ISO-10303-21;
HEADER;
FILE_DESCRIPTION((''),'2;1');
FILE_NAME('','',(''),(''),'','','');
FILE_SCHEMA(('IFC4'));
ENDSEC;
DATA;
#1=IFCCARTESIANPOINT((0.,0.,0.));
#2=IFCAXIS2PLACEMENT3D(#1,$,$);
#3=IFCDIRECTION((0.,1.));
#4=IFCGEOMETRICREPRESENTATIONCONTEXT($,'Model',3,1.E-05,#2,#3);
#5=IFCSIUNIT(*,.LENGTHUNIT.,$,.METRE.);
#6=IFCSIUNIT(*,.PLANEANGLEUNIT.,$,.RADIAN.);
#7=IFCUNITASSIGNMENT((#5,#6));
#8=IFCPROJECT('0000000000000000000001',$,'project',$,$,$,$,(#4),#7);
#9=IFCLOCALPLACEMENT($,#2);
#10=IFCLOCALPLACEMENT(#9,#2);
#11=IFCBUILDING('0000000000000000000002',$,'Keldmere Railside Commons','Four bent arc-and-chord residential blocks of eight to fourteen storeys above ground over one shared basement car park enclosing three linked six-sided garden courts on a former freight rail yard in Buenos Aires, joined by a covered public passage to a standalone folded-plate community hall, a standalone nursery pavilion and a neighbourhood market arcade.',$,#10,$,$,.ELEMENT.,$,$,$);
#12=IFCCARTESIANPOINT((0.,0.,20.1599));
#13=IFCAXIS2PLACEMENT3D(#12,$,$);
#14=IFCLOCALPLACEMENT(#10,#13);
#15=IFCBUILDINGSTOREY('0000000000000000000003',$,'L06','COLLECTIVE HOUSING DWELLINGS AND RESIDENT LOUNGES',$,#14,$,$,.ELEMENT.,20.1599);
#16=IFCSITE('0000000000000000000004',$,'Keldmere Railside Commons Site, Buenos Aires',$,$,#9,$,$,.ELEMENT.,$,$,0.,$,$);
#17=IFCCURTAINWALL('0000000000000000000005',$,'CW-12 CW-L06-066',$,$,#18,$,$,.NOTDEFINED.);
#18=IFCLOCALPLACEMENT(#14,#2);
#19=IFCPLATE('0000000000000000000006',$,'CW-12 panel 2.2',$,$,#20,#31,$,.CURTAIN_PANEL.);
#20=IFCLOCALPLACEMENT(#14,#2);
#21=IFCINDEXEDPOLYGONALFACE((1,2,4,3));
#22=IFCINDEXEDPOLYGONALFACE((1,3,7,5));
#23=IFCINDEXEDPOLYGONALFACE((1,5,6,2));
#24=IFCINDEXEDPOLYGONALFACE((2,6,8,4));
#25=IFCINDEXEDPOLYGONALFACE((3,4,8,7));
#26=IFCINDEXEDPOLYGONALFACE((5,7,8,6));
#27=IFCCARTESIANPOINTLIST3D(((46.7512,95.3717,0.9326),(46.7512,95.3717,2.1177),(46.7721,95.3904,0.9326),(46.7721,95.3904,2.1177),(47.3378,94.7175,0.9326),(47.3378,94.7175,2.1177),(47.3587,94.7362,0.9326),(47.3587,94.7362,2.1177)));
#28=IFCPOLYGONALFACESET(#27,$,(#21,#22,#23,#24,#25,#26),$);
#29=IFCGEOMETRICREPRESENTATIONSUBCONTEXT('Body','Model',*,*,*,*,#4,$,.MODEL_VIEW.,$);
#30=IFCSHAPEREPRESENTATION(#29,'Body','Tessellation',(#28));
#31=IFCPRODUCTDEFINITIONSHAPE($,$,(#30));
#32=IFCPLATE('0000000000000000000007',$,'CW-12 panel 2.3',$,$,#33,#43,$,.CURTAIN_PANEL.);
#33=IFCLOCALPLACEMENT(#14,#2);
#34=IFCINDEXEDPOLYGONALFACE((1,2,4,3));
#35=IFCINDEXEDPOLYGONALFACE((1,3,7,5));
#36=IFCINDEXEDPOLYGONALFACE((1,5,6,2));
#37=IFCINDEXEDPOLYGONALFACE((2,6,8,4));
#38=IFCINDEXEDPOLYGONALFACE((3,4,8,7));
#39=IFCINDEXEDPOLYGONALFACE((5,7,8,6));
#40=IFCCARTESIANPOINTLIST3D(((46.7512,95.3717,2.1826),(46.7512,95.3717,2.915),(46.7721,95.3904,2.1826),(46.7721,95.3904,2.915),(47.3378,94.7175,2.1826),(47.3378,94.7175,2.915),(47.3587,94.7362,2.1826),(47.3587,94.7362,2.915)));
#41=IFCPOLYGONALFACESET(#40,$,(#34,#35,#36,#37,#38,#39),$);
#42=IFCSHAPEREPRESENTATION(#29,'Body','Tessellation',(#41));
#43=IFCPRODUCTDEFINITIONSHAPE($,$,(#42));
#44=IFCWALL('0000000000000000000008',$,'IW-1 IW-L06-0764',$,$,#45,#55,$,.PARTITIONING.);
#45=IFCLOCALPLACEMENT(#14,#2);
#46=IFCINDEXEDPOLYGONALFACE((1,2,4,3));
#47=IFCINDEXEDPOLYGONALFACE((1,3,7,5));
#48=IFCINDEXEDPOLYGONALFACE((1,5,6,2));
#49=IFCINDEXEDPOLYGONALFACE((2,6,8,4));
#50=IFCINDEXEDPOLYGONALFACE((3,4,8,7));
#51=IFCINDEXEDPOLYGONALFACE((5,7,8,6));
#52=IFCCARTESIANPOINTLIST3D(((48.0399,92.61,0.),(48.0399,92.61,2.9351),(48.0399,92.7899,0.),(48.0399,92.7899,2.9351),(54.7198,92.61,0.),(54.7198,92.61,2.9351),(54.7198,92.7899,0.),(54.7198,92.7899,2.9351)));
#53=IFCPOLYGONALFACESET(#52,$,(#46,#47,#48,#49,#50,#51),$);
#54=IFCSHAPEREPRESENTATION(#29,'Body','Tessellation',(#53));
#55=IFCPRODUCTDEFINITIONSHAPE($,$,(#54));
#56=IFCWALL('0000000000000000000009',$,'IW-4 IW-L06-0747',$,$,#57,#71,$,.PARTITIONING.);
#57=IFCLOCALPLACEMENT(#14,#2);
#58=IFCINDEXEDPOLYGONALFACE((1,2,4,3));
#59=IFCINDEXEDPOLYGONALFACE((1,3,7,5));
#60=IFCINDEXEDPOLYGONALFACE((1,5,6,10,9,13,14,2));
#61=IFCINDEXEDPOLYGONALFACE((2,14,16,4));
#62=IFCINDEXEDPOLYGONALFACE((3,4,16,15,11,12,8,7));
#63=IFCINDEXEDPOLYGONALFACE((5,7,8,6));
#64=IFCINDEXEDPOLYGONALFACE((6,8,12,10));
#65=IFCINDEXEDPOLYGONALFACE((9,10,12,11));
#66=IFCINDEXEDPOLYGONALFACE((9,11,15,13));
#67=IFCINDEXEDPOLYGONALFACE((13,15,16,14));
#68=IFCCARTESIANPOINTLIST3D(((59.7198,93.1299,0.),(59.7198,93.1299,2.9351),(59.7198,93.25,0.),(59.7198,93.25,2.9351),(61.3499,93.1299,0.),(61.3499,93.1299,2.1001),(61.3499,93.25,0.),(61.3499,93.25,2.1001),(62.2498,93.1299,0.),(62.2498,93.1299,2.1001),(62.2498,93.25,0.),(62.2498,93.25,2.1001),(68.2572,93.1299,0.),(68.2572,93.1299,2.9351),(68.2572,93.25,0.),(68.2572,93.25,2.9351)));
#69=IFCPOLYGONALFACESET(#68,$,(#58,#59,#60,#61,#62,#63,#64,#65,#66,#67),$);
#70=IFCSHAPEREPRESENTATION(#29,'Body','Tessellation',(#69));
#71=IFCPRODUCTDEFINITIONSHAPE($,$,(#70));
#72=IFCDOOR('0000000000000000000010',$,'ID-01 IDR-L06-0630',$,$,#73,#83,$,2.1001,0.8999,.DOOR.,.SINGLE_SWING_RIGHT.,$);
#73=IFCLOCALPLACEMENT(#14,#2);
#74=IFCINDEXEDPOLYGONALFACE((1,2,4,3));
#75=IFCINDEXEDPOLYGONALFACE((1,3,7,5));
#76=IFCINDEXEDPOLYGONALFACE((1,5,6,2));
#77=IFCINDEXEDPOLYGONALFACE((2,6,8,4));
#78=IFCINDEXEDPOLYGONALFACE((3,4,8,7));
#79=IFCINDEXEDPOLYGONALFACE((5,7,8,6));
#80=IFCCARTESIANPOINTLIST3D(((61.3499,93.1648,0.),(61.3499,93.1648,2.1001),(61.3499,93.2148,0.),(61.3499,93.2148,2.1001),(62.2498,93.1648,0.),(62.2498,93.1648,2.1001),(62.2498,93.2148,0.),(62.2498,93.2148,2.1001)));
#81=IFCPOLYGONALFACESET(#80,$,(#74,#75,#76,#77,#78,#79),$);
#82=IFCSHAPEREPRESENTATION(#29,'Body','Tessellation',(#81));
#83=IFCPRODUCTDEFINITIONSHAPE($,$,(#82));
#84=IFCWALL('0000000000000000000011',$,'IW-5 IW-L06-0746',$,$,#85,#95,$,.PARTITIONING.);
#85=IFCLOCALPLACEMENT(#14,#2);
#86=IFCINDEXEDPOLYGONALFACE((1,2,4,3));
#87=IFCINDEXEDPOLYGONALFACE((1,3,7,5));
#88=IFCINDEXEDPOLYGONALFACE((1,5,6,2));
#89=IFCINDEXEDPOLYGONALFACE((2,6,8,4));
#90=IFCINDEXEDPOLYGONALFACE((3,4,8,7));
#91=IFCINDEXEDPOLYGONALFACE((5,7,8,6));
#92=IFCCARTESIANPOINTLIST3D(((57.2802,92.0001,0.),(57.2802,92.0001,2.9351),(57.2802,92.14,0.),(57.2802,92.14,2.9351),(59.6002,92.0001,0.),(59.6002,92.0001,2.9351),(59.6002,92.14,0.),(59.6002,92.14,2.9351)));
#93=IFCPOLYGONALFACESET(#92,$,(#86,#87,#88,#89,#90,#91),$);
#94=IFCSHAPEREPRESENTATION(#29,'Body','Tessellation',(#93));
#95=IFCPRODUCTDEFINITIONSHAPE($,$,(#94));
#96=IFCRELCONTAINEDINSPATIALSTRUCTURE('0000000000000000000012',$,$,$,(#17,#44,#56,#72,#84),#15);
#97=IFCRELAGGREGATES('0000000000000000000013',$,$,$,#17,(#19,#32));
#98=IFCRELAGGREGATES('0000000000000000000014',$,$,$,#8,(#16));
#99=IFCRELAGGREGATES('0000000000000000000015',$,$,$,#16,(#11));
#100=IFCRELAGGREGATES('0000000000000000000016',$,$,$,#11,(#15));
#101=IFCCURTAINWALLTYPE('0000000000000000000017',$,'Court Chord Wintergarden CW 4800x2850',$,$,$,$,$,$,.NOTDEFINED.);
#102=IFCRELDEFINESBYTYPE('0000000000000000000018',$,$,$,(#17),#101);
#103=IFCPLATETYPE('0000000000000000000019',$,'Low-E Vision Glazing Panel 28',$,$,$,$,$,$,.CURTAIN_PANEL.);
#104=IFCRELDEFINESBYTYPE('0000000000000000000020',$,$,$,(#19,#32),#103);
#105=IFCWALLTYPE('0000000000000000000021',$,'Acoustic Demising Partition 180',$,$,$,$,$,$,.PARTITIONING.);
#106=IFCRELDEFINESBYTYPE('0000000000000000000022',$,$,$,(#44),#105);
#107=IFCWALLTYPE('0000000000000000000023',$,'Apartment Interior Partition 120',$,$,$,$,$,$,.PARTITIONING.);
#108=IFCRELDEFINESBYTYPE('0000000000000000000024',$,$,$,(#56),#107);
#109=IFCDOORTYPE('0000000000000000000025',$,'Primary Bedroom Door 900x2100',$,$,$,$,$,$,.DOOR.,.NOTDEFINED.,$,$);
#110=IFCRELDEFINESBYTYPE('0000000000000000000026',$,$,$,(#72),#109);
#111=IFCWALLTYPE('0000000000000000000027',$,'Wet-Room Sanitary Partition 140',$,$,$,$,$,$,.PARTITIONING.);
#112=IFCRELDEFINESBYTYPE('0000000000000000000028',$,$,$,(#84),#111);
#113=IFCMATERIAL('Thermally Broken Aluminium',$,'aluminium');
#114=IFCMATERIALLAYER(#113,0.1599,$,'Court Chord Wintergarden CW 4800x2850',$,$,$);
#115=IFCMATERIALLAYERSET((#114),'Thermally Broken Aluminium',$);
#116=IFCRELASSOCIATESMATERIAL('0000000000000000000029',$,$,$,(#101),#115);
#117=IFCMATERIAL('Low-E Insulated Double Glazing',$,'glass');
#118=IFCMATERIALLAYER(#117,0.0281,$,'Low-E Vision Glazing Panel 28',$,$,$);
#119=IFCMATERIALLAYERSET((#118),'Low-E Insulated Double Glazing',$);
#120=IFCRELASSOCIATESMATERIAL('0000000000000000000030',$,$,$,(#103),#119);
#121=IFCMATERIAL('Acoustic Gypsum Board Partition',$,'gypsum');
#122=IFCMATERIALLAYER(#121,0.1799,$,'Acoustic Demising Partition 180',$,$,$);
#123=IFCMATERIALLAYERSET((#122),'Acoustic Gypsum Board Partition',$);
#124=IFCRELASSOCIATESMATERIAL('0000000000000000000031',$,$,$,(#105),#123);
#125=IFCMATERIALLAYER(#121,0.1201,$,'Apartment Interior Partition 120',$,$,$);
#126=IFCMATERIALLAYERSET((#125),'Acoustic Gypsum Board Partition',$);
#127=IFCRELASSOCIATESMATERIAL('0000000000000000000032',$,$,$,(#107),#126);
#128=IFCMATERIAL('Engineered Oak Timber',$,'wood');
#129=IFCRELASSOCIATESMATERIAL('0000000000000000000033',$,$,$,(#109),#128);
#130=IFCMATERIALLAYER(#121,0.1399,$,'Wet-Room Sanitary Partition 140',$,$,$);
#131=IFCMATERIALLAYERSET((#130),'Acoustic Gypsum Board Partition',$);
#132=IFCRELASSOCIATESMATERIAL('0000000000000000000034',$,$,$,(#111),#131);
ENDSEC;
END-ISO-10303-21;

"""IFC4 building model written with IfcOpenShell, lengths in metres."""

from ifc_helpers import new_model, si_unit, direction, frame, frame_2d, origin, origin_2d, place, context, subcontext, project, spatial, rectangle, extrude, material, layer, layer_set, type_object, element, fill, aggregate, save


model = new_model("IFC4")

# Units and contexts
model_context = context("Model", 3, precision=1e-05, world=origin(), true_north=direction((0.0, 1.0)))
body_context = subcontext(model_context, "Body", "Model", "MODEL_VIEW")
ifc_project = project(units=[si_unit("LENGTHUNIT", "METRE"), si_unit("PLANEANGLEUNIT", "RADIAN")], contexts=[model_context])

# Site, building, storey
site_placement = place(None, origin())
site = spatial("IfcSite", under=ifc_project, at=site_placement, Name="Keldmere Railside Commons Site, Buenos Aires", CompositionType="ELEMENT", RefElevation=0.0)
building_placement = place(site_placement, origin())
building = spatial("IfcBuilding", under=site, at=building_placement, Name="Keldmere Railside Commons", Description="Four bent arc-and-chord residential blocks of eight to fourteen storeys above ground over one shared basement car park enclosing three linked six-sided garden courts on a former freight rail yard in Buenos Aires, joined by a covered public passage to a standalone folded-plate community hall, a standalone nursery pavilion and a neighbourhood market arcade.", CompositionType="ELEMENT")
storey_placement = place(building_placement, frame((0.0, 0.0, 20.1599)))
storey = spatial("IfcBuildingStorey", under=building, at=storey_placement, Name="L06", Description="COLLECTIVE HOUSING DWELLINGS AND RESIDENT LOUNGES", CompositionType="ELEMENT", Elevation=20.1599)

# Curtain wall, plates
ifc_material_1 = material(Name="Thermally Broken Aluminium", Category="aluminium")
ifc_layer_1 = layer(ifc_material_1, 0.1599, Name="Court Chord Wintergarden CW 4800x2850")
ifc_layer_set_1 = layer_set([ifc_layer_1], Name="Thermally Broken Aluminium")
curtain_wall_type = type_object("IfcCurtainWallType", Name="Court Chord Wintergarden CW 4800x2850", PredefinedType="NOTDEFINED", material=ifc_layer_set_1)
curtain_wall_placement = place(storey_placement, origin())
curtain_wall = element("IfcCurtainWall", 1, at=curtain_wall_placement, inside=storey, type_object=curtain_wall_type, Name="CW-12 CW-L06-066", PredefinedType="NOTDEFINED")
ifc_material_2 = material(Name="Low-E Insulated Double Glazing", Category="glass")
ifc_layer_2 = layer(ifc_material_2, 0.0281, Name="Low-E Vision Glazing Panel 28")
ifc_layer_set_2 = layer_set([ifc_layer_2], Name="Low-E Insulated Double Glazing")
plate_type = type_object("IfcPlateType", Name="Low-E Vision Glazing Panel 28", PredefinedType="CURTAIN_PANEL", material=ifc_layer_set_2)
plate_1_placement = place(storey_placement, frame((47.0549, 95.054, 0.9326), z_axis=(0.0, 0.0, 1.0), x_axis=(-0.667559, 0.744557, 0.0)))
plate_1 = element("IfcPlate", 2, at=plate_1_placement, type_object=plate_type, Name="CW-12 panel 2.2", PredefinedType="CURTAIN_PANEL", context=body_context, shape_type="SweptSolid", body=[
    extrude(rectangle(XDim=0.8787, YDim=0.0281, at=origin_2d()), origin(), (0.0, 0.0, 1.0), 1.1851),
])
plate_2_placement = place(storey_placement, frame((47.0549, 95.054, 2.1826), z_axis=(0.0, 0.0, 1.0), x_axis=(-0.667559, 0.744557, 0.0)))
plate_2 = element("IfcPlate", 3, at=plate_2_placement, type_object=plate_type, Name="CW-12 panel 2.3", PredefinedType="CURTAIN_PANEL", context=body_context, shape_type="SweptSolid", body=[
    extrude(rectangle(XDim=0.8787, YDim=0.0281, at=origin_2d()), origin(), (0.0, 0.0, 1.0), 0.7324),
])
aggregate(curtain_wall, [plate_1, plate_2])

# Wall
ifc_material_3 = material(Name="Acoustic Gypsum Board Partition", Category="gypsum")
ifc_layer_3 = layer(ifc_material_3, 0.1799, Name="Acoustic Demising Partition 180")
ifc_layer_set_3 = layer_set([ifc_layer_3], Name="Acoustic Gypsum Board Partition")
wall_type_1 = type_object("IfcWallType", Name="Acoustic Demising Partition 180", PredefinedType="PARTITIONING", material=ifc_layer_set_3)
wall_1_placement = place(storey_placement, frame((48.04, 92.7, 0.0), z_axis=(0.0, 0.0, 1.0), x_axis=(1.0, 0.0, 0.0)))
element("IfcWall", 4, at=wall_1_placement, inside=storey, type_object=wall_type_1, Name="IW-1 IW-L06-0764", PredefinedType="PARTITIONING", context=body_context, shape_type="SweptSolid", body=[
    extrude(rectangle(XDim=6.6799, YDim=0.1799, at=frame_2d((3.3398, 0.0))), origin(), (0.0, 0.0, 1.0), 2.9351),
])

# Wall, opening, door
ifc_layer_4 = layer(ifc_material_3, 0.1201, Name="Apartment Interior Partition 120")
ifc_layer_set_4 = layer_set([ifc_layer_4], Name="Acoustic Gypsum Board Partition")
wall_type_2 = type_object("IfcWallType", Name="Apartment Interior Partition 120", PredefinedType="PARTITIONING", material=ifc_layer_set_4)
wall_2_placement = place(storey_placement, frame((59.72, 93.1899, 0.0), z_axis=(0.0, 0.0, 1.0), x_axis=(1.0, 0.0, 0.0)))
wall_2 = element("IfcWall", 5, at=wall_2_placement, inside=storey, type_object=wall_type_2, Name="IW-4 IW-L06-0747", PredefinedType="PARTITIONING", context=body_context, shape_type="SweptSolid", body=[
    extrude(rectangle(XDim=8.5374, YDim=0.1201, at=frame_2d((4.2686, 0.0))), origin(), (0.0, 0.0, 1.0), 2.9351),
])
opening_placement = place(wall_2_placement, frame((1.6299, 0.0, 0.0)))
opening = element("IfcOpeningElement", 6, at=opening_placement, cuts=wall_2, PredefinedType="OPENING", context=body_context, shape_type="SweptSolid", body=[
    extrude(rectangle(XDim=0.8999, YDim=2.1001, at=frame_2d((0.45, 1.05))), frame((0.0, 0.0701, 0.0), z_axis=(0.0, -1.0, 0.0), x_axis=(1.0, 0.0, 0.0)), (0.0, 0.0, 1.0), 0.1401),
])
ifc_material_4 = material(Name="Engineered Oak Timber", Category="wood")
door_type = type_object("IfcDoorType", Name="Primary Bedroom Door 900x2100", OperationType="NOTDEFINED", PredefinedType="DOOR", material=ifc_material_4)
door_placement = place(opening_placement, origin())
door = element("IfcDoor", 7, at=door_placement, inside=storey, type_object=door_type, Name="ID-01 IDR-L06-0630", OperationType="SINGLE_SWING_RIGHT", OverallHeight=2.1001, OverallWidth=0.8999, PredefinedType="DOOR", context=body_context, shape_type="SweptSolid", body=[
    extrude(rectangle(XDim=0.8999, YDim=2.1001, at=frame_2d((0.45, 1.05))), frame((0.0, 0.0249, 0.0), z_axis=(0.0, -1.0, 0.0), x_axis=(1.0, 0.0, 0.0)), (0.0, 0.0, 1.0), 0.05),
])
fill(opening, door)

# Wall
ifc_layer_5 = layer(ifc_material_3, 0.1399, Name="Wet-Room Sanitary Partition 140")
ifc_layer_set_5 = layer_set([ifc_layer_5], Name="Acoustic Gypsum Board Partition")
wall_type_3 = type_object("IfcWallType", Name="Wet-Room Sanitary Partition 140", PredefinedType="PARTITIONING", material=ifc_layer_set_5)
wall_3_placement = place(storey_placement, frame((57.28, 92.0701, 0.0), z_axis=(0.0, 0.0, 1.0), x_axis=(1.0, 0.0, 0.0)))
element("IfcWall", 8, at=wall_3_placement, inside=storey, type_object=wall_type_3, Name="IW-5 IW-L06-0746", PredefinedType="PARTITIONING", context=body_context, shape_type="SweptSolid", body=[
    extrude(rectangle(XDim=2.3201, YDim=0.1399, at=frame_2d((1.1602, 0.0))), origin(), (0.0, 0.0, 1.0), 2.9351),
])

save(model, "model.ifc")
